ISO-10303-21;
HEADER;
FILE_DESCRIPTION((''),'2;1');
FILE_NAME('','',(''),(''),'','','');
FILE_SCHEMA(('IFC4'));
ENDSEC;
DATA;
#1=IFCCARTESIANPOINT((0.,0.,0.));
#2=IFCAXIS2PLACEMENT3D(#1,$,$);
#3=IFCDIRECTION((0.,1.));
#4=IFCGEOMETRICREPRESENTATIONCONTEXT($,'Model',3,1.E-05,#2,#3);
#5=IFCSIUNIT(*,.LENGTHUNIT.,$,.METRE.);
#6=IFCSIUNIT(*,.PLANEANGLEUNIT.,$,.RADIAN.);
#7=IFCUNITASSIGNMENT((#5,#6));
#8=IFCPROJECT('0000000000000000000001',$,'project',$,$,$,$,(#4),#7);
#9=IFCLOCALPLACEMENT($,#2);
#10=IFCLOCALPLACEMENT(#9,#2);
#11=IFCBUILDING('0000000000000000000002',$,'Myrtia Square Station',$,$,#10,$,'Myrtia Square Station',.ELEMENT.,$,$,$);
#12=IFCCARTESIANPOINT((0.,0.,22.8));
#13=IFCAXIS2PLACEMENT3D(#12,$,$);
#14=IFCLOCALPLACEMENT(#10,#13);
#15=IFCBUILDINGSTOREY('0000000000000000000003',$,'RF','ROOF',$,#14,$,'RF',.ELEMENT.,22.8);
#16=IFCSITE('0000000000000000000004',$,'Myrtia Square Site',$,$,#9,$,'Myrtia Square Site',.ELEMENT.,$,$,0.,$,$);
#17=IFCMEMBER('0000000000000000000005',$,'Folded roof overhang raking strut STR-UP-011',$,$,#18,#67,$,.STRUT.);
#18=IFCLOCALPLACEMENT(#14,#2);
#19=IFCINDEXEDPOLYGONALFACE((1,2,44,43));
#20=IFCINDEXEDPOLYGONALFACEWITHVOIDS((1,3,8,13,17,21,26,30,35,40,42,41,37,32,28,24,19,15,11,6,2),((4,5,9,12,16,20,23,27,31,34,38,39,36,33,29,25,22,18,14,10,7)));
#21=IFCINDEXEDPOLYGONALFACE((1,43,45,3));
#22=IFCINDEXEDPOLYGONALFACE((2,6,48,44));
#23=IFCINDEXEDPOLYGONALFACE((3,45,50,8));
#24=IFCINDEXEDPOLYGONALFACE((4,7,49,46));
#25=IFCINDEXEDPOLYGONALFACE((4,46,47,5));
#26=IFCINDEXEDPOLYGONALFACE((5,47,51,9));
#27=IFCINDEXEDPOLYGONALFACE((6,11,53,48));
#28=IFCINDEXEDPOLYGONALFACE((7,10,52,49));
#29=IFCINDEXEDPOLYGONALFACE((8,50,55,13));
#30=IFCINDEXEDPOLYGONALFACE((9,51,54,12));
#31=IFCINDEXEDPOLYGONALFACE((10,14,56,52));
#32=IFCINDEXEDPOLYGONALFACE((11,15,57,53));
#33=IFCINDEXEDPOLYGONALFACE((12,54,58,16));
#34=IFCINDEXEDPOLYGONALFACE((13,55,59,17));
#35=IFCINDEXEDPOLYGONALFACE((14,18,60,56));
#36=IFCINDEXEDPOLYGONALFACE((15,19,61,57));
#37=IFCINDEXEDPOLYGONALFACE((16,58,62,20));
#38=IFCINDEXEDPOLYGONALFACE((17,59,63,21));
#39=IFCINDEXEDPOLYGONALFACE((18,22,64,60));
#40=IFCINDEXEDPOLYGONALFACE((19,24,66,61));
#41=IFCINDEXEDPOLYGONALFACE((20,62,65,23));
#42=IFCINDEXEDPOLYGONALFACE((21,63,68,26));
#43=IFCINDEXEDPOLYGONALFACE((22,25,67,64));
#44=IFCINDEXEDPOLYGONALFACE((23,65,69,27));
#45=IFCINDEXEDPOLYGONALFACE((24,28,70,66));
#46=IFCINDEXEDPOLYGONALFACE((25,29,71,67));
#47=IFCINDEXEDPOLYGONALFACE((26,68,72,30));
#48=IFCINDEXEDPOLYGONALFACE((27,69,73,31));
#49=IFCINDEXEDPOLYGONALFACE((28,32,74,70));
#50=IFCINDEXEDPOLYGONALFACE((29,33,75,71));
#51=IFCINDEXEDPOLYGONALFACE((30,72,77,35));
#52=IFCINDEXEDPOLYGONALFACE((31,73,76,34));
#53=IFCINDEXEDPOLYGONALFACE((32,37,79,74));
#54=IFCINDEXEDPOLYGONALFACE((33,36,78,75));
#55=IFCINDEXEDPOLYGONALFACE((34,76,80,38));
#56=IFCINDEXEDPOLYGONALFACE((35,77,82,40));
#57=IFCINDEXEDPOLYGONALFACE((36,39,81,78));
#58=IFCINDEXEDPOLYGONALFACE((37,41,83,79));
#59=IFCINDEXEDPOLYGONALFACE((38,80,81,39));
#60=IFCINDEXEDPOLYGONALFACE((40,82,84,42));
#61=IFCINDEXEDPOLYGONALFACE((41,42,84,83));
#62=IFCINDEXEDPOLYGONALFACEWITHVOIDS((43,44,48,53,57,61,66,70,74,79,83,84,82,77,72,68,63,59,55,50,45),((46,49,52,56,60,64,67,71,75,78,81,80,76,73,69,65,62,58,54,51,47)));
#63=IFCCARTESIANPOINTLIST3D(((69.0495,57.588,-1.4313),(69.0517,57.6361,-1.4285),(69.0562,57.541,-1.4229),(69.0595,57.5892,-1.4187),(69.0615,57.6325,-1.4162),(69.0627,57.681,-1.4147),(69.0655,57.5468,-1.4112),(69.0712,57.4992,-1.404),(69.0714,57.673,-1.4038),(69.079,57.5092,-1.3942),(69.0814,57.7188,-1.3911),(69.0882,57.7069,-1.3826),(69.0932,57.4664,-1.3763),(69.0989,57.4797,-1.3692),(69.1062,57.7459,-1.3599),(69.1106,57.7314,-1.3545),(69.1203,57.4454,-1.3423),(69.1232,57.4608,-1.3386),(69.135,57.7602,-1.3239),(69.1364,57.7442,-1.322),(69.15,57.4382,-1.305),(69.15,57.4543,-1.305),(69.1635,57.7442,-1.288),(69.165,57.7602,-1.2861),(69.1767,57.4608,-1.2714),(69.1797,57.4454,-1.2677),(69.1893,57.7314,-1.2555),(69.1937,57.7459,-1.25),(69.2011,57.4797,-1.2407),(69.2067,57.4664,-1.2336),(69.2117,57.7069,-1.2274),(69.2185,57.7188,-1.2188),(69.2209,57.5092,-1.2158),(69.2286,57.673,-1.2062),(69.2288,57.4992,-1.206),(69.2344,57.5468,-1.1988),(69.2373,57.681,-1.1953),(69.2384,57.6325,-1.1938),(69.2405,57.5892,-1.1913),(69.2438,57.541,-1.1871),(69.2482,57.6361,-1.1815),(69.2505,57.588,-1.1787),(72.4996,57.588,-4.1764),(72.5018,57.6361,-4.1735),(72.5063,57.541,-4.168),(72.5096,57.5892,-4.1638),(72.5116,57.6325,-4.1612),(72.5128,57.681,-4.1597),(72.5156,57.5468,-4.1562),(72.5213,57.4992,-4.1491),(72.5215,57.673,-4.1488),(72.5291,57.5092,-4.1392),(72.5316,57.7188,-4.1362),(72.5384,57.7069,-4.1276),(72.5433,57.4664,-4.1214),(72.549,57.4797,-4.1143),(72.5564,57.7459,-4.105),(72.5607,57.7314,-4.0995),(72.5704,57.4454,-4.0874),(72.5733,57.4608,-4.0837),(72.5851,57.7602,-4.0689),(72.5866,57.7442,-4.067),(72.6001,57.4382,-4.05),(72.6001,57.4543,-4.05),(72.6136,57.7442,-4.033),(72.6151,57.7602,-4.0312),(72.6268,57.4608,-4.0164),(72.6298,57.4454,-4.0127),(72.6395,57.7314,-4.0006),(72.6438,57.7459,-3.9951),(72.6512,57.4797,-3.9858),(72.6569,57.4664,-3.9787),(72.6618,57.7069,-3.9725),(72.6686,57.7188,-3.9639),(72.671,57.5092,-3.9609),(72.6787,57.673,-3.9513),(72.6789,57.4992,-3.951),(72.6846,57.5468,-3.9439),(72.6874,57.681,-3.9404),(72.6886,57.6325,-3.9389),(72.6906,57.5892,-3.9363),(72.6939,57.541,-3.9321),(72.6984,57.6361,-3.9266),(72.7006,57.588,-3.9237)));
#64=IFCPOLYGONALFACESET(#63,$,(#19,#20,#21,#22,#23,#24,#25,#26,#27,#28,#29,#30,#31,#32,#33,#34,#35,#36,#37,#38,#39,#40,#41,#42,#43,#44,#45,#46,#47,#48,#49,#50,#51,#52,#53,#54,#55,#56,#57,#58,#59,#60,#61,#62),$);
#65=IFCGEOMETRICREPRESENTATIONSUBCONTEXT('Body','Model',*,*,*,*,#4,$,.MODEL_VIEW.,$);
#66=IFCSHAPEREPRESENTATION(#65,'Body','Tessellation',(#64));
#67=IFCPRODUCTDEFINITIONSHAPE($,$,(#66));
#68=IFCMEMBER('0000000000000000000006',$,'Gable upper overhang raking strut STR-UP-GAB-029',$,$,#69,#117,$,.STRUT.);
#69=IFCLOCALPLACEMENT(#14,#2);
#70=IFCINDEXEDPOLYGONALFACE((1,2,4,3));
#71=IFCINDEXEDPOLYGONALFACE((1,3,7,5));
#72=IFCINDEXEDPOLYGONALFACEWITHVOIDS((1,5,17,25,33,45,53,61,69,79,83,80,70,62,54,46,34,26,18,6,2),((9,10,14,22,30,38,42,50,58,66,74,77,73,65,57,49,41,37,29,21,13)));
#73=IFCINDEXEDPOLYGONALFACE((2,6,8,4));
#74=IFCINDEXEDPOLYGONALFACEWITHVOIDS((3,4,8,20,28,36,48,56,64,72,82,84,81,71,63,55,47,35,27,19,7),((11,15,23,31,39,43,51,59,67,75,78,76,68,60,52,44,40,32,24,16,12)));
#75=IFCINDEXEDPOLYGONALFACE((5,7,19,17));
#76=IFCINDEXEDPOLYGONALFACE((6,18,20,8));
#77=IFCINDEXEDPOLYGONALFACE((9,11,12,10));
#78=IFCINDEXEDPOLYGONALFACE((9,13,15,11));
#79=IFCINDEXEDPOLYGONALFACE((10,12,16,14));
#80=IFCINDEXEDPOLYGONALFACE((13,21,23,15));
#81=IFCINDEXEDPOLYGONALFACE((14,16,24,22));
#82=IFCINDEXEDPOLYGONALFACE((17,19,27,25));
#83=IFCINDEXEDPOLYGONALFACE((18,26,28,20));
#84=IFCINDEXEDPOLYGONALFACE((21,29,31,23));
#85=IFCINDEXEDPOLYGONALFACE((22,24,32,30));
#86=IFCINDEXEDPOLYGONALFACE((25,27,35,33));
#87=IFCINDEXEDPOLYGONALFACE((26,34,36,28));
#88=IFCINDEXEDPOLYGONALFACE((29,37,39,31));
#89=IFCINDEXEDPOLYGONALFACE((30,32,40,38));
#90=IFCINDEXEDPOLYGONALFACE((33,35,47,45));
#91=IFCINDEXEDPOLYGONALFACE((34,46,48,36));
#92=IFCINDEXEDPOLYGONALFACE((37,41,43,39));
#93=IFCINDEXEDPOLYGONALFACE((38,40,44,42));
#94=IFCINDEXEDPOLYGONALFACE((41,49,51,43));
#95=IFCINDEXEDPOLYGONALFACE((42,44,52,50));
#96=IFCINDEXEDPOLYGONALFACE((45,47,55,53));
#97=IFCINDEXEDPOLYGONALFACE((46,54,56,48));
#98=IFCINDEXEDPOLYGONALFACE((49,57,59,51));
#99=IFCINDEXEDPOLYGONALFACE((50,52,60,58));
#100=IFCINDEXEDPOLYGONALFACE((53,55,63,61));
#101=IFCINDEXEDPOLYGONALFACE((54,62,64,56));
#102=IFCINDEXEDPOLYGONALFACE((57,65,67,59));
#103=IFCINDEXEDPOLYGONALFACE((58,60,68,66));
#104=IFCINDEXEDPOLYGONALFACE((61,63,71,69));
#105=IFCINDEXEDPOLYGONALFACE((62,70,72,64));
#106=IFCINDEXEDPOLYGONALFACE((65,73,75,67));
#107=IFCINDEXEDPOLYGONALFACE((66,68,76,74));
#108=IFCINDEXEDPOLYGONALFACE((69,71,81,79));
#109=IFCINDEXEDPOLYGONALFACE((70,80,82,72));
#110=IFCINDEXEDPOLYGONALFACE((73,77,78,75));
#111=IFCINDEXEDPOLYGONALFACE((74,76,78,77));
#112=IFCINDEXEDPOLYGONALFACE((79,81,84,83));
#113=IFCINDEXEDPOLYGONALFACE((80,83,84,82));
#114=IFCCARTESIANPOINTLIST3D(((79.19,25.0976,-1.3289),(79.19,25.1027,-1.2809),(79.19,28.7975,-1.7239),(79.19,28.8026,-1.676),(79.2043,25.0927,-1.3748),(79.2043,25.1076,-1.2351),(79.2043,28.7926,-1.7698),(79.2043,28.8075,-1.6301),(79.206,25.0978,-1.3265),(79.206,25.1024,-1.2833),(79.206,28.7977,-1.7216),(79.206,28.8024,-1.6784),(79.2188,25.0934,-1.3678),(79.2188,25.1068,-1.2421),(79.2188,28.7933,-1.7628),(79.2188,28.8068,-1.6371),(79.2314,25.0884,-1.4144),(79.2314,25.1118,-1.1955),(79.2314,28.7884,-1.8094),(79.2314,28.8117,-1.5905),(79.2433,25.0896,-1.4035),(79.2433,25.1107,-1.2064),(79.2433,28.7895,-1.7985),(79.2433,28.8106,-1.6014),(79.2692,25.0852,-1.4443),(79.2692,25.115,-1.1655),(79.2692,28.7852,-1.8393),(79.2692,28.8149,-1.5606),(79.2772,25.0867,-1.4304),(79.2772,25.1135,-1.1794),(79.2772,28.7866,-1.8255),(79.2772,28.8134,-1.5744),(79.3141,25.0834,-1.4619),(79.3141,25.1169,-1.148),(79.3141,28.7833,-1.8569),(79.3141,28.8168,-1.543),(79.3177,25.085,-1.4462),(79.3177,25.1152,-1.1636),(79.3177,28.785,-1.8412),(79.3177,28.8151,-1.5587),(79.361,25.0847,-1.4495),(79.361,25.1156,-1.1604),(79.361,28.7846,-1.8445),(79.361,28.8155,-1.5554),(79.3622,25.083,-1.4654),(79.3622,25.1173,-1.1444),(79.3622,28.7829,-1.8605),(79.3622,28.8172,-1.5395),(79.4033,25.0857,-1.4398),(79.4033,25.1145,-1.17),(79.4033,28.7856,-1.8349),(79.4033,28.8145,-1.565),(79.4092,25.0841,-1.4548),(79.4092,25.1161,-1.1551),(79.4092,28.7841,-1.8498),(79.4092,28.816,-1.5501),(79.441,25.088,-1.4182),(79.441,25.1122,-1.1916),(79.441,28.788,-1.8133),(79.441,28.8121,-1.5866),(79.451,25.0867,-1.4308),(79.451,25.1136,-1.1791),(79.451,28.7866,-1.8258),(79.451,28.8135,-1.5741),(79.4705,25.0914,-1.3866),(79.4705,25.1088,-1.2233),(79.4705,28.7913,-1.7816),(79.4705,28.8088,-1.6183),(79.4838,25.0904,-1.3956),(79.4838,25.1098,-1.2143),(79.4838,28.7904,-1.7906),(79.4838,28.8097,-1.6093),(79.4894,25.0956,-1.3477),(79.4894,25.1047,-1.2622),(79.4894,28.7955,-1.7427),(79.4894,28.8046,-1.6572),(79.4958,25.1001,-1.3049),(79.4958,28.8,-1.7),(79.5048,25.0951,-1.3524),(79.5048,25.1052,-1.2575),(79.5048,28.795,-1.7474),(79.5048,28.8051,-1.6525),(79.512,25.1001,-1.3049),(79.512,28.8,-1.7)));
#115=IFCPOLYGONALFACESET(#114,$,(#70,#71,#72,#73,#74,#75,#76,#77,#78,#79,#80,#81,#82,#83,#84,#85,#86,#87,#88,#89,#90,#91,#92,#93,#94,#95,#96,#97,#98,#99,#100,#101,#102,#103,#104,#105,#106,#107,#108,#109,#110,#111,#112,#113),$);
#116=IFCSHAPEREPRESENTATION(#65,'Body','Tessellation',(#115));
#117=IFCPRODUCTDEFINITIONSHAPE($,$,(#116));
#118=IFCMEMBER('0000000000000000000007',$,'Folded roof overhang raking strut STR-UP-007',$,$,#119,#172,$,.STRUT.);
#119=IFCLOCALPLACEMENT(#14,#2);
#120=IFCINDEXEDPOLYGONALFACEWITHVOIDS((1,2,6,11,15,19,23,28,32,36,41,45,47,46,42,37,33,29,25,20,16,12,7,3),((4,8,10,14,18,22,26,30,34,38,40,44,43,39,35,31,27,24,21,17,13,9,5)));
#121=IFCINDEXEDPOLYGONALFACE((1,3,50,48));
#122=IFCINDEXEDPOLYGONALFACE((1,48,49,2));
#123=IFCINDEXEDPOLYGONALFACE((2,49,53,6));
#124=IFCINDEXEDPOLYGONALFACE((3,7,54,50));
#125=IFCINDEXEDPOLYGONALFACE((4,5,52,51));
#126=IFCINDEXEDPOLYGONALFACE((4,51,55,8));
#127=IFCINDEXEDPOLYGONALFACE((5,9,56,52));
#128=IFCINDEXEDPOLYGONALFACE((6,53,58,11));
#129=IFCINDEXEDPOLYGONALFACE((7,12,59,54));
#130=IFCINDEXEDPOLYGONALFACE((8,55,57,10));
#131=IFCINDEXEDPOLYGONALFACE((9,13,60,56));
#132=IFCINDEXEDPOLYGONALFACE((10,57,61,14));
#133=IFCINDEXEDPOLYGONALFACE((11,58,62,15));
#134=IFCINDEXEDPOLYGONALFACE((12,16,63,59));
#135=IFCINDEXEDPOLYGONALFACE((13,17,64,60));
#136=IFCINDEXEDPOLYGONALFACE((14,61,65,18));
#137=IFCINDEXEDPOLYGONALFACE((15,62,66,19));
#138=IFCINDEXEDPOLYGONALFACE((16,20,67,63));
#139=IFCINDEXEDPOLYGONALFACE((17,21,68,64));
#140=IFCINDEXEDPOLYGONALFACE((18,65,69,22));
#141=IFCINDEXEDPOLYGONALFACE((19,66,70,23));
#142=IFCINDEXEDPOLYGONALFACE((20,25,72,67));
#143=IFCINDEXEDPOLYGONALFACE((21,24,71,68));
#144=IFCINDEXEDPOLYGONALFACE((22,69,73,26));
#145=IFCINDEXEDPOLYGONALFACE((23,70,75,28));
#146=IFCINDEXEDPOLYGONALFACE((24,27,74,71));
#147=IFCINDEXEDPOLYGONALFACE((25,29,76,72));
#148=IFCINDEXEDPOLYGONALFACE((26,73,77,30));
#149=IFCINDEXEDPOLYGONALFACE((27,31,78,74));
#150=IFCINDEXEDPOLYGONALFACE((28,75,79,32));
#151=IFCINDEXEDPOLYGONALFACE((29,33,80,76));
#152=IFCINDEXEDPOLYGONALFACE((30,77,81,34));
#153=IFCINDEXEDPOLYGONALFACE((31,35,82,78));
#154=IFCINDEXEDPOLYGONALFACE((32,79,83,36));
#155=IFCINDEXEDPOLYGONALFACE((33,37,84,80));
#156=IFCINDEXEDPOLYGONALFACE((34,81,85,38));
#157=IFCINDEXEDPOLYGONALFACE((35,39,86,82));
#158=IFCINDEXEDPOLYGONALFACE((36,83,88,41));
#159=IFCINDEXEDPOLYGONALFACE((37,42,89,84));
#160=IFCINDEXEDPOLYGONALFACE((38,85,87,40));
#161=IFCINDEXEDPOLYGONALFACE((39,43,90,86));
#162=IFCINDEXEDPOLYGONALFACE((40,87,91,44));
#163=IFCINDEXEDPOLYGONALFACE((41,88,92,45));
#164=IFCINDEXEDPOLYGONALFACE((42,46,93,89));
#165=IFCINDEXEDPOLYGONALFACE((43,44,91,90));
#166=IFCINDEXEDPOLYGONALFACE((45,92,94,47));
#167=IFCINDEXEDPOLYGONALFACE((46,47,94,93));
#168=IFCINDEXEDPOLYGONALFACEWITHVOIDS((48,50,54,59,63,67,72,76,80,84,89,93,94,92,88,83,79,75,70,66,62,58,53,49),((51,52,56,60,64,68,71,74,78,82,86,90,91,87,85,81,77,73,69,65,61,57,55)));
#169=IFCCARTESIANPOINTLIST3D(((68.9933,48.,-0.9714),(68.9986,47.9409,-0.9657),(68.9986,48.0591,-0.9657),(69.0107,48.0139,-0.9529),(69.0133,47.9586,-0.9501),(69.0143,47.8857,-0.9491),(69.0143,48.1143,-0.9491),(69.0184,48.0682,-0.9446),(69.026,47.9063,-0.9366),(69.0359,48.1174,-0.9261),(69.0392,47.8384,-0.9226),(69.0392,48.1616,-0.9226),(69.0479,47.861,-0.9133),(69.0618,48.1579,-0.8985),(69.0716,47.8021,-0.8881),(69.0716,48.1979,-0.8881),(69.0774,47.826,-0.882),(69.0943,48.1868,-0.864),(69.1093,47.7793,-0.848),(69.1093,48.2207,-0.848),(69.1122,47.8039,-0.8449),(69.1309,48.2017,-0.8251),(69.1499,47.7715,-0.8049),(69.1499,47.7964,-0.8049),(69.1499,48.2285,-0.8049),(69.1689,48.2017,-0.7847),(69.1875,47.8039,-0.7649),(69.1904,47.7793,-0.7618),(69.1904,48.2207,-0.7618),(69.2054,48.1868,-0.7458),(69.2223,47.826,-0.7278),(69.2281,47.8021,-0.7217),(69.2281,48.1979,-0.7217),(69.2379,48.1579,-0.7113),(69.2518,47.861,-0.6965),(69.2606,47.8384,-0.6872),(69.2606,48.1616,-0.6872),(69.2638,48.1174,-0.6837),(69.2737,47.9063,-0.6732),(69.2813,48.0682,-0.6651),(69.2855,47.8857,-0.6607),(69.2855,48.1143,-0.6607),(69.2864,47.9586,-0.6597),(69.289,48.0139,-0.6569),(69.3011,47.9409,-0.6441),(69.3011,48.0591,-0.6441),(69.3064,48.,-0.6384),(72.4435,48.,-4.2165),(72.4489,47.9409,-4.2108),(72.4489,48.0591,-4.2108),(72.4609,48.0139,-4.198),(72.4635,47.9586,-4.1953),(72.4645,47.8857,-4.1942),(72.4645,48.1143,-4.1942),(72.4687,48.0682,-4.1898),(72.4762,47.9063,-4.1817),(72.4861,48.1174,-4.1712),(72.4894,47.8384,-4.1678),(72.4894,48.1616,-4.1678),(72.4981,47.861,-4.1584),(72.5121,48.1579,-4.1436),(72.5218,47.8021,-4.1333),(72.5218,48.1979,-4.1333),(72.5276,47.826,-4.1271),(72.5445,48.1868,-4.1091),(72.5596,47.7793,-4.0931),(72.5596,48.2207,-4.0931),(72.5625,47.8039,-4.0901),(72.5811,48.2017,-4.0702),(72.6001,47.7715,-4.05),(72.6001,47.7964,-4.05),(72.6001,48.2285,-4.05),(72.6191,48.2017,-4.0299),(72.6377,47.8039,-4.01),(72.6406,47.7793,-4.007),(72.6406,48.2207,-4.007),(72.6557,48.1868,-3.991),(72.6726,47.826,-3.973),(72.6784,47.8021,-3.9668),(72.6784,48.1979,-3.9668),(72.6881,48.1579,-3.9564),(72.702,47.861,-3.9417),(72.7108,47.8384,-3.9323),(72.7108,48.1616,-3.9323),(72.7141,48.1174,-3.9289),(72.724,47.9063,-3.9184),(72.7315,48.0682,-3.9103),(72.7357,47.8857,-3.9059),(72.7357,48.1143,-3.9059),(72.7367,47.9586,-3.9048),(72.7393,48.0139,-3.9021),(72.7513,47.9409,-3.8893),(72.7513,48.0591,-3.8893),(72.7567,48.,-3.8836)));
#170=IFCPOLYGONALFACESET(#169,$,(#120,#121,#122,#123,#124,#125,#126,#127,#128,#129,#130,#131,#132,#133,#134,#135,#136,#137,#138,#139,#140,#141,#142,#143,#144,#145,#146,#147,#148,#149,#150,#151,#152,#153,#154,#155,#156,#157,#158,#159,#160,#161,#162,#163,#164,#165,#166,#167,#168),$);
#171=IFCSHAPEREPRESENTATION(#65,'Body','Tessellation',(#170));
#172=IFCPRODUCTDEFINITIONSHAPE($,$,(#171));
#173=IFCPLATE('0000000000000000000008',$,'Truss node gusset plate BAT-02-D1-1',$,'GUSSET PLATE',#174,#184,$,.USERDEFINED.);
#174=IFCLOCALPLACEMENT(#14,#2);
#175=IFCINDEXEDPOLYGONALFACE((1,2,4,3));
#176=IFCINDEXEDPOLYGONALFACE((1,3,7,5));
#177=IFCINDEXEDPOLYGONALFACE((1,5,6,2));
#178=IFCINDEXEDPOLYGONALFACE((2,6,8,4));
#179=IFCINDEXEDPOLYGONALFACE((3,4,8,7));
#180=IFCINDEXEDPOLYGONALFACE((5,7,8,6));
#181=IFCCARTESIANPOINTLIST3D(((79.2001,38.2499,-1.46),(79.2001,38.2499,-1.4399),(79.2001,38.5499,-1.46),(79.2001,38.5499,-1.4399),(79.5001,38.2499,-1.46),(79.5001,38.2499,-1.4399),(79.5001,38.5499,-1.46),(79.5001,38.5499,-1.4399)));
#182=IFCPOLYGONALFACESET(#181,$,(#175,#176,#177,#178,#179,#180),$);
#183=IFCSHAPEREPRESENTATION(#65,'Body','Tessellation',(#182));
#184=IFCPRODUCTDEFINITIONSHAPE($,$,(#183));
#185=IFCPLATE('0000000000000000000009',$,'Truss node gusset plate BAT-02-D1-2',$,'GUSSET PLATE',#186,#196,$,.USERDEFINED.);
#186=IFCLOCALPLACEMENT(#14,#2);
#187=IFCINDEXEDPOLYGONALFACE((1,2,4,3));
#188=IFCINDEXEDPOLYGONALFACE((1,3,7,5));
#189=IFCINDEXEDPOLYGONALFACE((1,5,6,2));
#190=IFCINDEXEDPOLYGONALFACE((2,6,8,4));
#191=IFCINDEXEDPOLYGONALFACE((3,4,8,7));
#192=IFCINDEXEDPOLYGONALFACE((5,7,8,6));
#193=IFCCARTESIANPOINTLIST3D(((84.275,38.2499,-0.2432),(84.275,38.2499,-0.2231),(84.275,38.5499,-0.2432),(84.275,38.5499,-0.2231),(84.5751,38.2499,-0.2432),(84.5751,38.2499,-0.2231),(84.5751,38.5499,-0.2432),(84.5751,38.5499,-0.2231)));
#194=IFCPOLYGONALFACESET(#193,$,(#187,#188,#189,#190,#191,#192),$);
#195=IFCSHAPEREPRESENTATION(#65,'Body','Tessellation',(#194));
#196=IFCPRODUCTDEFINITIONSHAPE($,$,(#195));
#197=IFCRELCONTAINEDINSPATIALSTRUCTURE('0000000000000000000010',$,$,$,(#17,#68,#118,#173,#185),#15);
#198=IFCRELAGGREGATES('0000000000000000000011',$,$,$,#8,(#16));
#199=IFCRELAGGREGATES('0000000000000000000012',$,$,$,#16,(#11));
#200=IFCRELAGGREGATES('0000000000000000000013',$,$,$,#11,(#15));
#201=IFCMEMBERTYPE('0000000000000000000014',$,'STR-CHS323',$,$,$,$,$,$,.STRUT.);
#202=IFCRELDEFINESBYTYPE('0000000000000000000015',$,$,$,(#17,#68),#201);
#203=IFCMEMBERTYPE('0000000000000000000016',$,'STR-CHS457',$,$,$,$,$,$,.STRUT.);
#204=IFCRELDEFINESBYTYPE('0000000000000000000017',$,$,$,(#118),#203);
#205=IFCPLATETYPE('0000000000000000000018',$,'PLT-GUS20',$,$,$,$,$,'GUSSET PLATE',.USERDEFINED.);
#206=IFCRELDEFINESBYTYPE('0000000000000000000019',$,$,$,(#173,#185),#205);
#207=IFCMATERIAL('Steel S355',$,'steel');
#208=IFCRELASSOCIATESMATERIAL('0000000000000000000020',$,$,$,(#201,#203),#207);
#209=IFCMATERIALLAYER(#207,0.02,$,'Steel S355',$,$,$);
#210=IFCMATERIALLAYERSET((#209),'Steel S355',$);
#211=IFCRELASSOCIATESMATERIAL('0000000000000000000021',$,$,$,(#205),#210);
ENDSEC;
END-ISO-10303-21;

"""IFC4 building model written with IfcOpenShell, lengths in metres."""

from ifc_helpers import new_model, si_unit, direction, frame, origin, origin_2d, place, context, subcontext, project, spatial, rectangle, hollow_circle, extrude, material, layer, layer_set, material_profile, profile_set, type_object, element, save


model = new_model("IFC4")

# Units and contexts
model_context = context("Model", 3, precision=1e-05, world=origin(), true_north=direction((0.0, 1.0)))
body_context = subcontext(model_context, "Body", "Model", "MODEL_VIEW")
ifc_project = project(units=[si_unit("LENGTHUNIT", "METRE"), si_unit("PLANEANGLEUNIT", "RADIAN")], contexts=[model_context])

# Site, building, storey
site_placement = place(None, origin())
site = spatial("IfcSite", under=ifc_project, at=site_placement, Name="Myrtia Square Site", LongName="Myrtia Square Site", CompositionType="ELEMENT", RefElevation=0.0)
building_placement = place(site_placement, origin())
building = spatial("IfcBuilding", under=site, at=building_placement, Name="Myrtia Square Station", LongName="Myrtia Square Station", CompositionType="ELEMENT")
storey_placement = place(building_placement, frame((0.0, 0.0, 22.8)))
storey = spatial("IfcBuildingStorey", under=building, at=storey_placement, Name="RF", Description="ROOF", LongName="RF", CompositionType="ELEMENT", Elevation=22.8)

# Members
ifc_material = material(Name="Steel S355", Category="steel")
ifc_material_profile_1 = material_profile(ifc_material, hollow_circle(Radius=0.1619, WallThickness=0.0161, at=origin_2d()), Name="CHS 323.9x16")
ifc_profile_set_1 = profile_set([ifc_material_profile_1], Name="Steel S355")
member_type_1 = type_object("IfcMemberType", Name="STR-CHS323", PredefinedType="STRUT", material=ifc_profile_set_1)
member_1_placement = place(storey_placement, frame((72.6001, 57.6001, -4.05), z_axis=(-0.78253, 0.0, 0.622613), x_axis=(0.0, -1.0, 0.0)))
element("IfcMember", 1, at=member_1_placement, inside=storey, type_object=member_type_1, Name="Folded roof overhang raking strut STR-UP-011", PredefinedType="STRUT", context=body_context, shape_type="SweptSolid", body=[
    extrude(hollow_circle(Radius=0.1619, WallThickness=0.0161, at=origin_2d()), origin(), (0.0, 0.0, 1.0), 4.4089),
])
member_2_placement = place(storey_placement, frame((79.3501, 28.8, -1.7), z_axis=(0.0, -0.994349, 0.10616), x_axis=(1.0, 0.0, 0.0)))
element("IfcMember", 2, at=member_2_placement, inside=storey, type_object=member_type_1, Name="Gable upper overhang raking strut STR-UP-GAB-029", PredefinedType="STRUT", context=body_context, shape_type="SweptSolid", body=[
    extrude(hollow_circle(Radius=0.1619, WallThickness=0.0161, at=origin_2d()), origin(), (0.0, 0.0, 1.0), 3.7209),
])
ifc_material_profile_2 = material_profile(ifc_material, hollow_circle(Radius=0.2285, WallThickness=0.0249, at=origin_2d()), Name="CHS 457x25")
ifc_profile_set_2 = profile_set([ifc_material_profile_2], Name="Steel S355")
member_type_2 = type_object("IfcMemberType", Name="STR-CHS457", PredefinedType="STRUT", material=ifc_profile_set_2)
member_3_placement = place(storey_placement, frame((72.6001, 48.0, -4.05), z_axis=(-0.728424, 0.0, 0.685127), x_axis=(0.0, -1.0, 0.0)))
element("IfcMember", 3, at=member_3_placement, inside=storey, type_object=member_type_2, Name="Folded roof overhang raking strut STR-UP-007", PredefinedType="STRUT", context=body_context, shape_type="SweptSolid", body=[
    extrude(hollow_circle(Radius=0.2285, WallThickness=0.0249, at=origin_2d()), origin(), (0.0, 0.0, 1.0), 4.7366),
])

# Plates
ifc_layer_1 = layer(ifc_material, 0.02, Name="Steel S355")
ifc_layer_set_1 = layer_set([ifc_layer_1], Name="Steel S355")
plate_type_1 = type_object("IfcPlateType", Name="PLT-GUS20", ElementType="GUSSET PLATE", PredefinedType="USERDEFINED", material=ifc_layer_set_1)
for number, where, z_axis, x_axis, name in (
    (4, (79.3501, 38.3999, -1.46), (0.0, 0.0, 1.0), (1.0, 0.0, 0.0), "Truss node gusset plate BAT-02-D1-1"),
    (5, (84.425, 38.3999, -0.2432), (0.0, 0.0, 1.0), (1.0, 0.0, 0.0), "Truss node gusset plate BAT-02-D1-2"),
):
    element("IfcPlate", number, at=place(storey_placement, frame(where, z_axis=z_axis, x_axis=x_axis)), inside=storey, type_object=plate_type_1, Name=name, ObjectType="GUSSET PLATE", PredefinedType="USERDEFINED", context=body_context, shape_type="SweptSolid", body=[
        extrude(rectangle(XDim=0.3, YDim=0.3, at=origin_2d()), origin(), (0.0, 0.0, 1.0), 0.02),
    ])

save(model, "model.ifc")
